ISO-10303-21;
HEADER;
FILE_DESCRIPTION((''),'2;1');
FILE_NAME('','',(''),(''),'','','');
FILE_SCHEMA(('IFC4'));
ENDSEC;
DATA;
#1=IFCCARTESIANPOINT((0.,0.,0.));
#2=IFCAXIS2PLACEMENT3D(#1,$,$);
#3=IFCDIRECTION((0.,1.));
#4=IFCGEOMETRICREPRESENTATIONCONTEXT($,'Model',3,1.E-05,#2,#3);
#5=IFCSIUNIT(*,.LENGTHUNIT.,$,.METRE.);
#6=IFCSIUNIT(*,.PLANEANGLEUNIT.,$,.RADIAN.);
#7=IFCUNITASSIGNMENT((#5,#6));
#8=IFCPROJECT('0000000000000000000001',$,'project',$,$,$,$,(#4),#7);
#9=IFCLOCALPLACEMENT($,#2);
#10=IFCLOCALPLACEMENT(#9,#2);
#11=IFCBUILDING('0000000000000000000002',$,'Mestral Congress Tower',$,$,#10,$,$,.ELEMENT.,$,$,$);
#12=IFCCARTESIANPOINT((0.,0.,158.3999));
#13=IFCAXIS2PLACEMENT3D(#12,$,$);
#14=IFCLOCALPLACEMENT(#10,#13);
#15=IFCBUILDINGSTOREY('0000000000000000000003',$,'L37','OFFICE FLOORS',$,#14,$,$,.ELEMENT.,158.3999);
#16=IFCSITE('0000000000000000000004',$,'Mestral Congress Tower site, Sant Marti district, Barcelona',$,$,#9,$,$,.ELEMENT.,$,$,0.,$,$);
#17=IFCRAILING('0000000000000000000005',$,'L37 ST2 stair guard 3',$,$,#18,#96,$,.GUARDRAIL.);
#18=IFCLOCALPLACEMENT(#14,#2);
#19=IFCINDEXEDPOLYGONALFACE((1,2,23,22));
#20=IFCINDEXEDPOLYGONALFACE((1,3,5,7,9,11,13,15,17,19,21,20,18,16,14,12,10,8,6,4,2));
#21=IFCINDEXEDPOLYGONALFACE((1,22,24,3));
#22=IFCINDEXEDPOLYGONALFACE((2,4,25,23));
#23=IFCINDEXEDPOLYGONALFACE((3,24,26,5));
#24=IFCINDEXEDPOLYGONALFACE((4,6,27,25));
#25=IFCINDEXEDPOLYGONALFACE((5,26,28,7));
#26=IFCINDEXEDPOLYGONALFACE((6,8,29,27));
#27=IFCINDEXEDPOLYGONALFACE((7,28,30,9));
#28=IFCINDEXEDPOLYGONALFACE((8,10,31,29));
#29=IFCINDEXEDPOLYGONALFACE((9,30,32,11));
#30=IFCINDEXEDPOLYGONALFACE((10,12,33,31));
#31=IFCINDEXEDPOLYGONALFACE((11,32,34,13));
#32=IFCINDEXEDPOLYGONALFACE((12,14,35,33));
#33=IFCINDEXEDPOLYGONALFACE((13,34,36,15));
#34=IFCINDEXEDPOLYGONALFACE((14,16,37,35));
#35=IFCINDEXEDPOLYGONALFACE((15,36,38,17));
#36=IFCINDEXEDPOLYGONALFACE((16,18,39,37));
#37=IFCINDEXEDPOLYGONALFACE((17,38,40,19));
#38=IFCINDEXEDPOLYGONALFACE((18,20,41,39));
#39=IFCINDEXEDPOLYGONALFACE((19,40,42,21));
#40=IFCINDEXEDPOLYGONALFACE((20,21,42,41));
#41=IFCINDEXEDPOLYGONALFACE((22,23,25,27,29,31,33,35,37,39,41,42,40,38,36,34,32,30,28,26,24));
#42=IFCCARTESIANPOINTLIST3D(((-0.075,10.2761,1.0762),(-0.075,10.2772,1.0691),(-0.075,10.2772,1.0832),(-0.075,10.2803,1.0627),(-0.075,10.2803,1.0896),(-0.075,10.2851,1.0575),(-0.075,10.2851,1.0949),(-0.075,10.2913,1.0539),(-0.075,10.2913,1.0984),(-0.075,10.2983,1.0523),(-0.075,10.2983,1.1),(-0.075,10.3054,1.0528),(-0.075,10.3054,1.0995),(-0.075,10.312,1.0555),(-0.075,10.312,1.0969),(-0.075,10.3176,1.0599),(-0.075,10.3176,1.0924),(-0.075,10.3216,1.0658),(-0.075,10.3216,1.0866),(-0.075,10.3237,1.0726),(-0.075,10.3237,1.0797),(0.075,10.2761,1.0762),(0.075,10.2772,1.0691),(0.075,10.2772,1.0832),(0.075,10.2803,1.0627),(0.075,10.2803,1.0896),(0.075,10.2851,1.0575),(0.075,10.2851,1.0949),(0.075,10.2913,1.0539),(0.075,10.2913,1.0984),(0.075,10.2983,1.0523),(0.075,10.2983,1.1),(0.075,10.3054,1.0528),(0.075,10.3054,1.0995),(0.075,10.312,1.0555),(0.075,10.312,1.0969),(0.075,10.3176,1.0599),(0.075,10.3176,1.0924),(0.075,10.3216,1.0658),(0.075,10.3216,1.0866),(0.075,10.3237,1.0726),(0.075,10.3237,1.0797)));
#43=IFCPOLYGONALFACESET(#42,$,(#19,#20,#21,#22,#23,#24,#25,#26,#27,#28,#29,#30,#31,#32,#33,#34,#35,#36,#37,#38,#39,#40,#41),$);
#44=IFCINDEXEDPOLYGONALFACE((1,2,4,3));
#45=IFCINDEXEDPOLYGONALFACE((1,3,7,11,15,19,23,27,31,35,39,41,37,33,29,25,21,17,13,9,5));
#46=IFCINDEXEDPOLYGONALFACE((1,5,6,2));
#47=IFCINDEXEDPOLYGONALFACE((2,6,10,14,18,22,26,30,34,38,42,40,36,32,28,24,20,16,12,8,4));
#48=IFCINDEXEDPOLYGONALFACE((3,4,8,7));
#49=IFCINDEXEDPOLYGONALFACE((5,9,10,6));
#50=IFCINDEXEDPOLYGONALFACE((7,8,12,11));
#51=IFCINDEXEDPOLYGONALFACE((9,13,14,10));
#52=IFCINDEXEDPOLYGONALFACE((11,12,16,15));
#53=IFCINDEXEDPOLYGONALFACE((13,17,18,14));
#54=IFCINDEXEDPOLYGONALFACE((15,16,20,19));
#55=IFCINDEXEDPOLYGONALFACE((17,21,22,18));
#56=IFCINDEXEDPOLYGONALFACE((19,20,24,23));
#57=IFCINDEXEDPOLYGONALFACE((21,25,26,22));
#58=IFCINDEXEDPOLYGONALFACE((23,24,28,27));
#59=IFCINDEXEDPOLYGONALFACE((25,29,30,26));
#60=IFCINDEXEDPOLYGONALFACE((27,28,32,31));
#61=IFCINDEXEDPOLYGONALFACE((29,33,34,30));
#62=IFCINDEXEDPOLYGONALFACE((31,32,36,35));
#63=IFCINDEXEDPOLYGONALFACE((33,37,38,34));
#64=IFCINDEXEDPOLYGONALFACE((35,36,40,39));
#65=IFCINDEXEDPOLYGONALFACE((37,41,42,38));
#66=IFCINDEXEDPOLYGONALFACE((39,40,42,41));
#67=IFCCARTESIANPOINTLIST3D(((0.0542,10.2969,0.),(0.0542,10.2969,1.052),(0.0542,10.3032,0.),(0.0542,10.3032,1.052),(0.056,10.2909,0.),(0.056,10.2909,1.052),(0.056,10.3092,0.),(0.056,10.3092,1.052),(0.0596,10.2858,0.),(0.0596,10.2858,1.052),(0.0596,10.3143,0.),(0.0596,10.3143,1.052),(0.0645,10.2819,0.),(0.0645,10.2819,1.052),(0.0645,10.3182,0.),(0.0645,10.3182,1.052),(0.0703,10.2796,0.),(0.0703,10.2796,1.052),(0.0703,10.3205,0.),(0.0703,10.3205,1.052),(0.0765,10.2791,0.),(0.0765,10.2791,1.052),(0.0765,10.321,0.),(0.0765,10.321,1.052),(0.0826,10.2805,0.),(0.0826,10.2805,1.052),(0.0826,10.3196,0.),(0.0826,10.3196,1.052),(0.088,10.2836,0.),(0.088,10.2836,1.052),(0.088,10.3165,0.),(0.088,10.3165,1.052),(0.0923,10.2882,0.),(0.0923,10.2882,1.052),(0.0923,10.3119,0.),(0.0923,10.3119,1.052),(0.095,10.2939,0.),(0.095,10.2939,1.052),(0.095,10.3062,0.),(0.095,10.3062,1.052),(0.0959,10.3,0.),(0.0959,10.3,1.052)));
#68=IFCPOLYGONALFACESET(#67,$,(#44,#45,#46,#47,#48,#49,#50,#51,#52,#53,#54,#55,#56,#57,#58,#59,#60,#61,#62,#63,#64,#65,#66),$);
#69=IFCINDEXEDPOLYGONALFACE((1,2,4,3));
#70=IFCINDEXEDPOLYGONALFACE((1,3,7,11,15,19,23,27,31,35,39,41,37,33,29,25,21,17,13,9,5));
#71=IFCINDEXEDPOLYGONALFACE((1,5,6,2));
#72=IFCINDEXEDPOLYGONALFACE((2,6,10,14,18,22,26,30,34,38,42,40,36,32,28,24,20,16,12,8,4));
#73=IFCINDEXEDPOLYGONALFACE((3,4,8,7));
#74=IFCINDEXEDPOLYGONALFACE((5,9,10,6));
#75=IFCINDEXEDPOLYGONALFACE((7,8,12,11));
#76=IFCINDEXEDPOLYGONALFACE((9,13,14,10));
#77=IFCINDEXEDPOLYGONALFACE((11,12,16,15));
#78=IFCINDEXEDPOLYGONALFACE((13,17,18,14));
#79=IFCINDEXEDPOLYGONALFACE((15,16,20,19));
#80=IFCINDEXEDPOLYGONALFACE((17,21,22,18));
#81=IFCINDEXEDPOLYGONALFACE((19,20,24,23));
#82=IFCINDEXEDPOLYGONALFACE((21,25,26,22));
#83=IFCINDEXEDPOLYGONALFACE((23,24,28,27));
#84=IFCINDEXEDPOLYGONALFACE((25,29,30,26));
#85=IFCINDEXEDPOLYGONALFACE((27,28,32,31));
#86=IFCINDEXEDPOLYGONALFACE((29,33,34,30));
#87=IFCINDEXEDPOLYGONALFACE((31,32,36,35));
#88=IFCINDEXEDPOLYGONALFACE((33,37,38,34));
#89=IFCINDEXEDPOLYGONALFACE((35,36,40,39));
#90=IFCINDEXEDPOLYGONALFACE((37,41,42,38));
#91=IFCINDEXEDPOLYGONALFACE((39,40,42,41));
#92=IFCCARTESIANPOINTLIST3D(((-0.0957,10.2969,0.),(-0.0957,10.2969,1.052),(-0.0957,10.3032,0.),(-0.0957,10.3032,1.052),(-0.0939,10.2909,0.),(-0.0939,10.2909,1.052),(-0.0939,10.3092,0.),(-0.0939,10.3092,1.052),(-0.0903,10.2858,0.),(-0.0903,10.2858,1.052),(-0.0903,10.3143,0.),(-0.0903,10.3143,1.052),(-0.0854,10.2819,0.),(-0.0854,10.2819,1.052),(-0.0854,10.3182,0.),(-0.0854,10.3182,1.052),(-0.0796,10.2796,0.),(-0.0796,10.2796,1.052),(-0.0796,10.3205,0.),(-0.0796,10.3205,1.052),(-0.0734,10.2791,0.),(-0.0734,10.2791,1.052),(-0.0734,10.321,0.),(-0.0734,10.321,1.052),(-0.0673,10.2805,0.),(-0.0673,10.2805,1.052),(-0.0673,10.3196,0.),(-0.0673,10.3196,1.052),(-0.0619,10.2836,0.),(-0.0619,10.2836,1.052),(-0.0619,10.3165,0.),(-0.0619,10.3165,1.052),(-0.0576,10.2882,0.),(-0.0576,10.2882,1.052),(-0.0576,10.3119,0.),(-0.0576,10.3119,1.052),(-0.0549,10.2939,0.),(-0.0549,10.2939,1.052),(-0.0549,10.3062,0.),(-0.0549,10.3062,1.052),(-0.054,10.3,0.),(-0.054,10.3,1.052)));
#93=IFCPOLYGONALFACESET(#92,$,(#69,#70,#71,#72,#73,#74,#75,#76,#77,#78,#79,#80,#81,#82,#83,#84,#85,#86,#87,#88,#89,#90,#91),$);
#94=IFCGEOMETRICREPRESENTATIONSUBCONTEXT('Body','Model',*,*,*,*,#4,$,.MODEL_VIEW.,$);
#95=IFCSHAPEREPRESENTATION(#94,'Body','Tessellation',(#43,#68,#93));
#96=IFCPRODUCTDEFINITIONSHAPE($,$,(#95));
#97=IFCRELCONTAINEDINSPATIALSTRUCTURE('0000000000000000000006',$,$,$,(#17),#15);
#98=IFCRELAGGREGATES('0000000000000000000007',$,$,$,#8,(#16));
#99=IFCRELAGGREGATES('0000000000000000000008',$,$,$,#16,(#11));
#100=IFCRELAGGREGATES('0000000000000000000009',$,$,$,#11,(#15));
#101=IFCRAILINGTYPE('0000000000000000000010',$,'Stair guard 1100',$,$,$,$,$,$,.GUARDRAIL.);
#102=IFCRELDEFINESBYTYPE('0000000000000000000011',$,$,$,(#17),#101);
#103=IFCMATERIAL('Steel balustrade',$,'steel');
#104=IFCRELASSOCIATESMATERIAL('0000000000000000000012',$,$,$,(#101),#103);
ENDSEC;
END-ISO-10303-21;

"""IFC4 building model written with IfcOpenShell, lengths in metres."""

from ifc_helpers import new_model, si_unit, direction, frame, origin, origin_2d, place, context, subcontext, project, spatial, circle, extrude, material, type_object, element, save


model = new_model("IFC4")

# Units and contexts
model_context = context("Model", 3, precision=1e-05, world=origin(), true_north=direction((0.0, 1.0)))
body_context = subcontext(model_context, "Body", "Model", "MODEL_VIEW")
ifc_project = project(units=[si_unit("LENGTHUNIT", "METRE"), si_unit("PLANEANGLEUNIT", "RADIAN")], contexts=[model_context])

# Site, building, storey
site_placement = place(None, origin())
site = spatial("IfcSite", under=ifc_project, at=site_placement, Name="Mestral Congress Tower site, Sant Marti district, Barcelona", CompositionType="ELEMENT", RefElevation=0.0)
building_placement = place(site_placement, origin())
building = spatial("IfcBuilding", under=site, at=building_placement, Name="Mestral Congress Tower", CompositionType="ELEMENT")
storey_placement = place(building_placement, frame((0.0, 0.0, 158.3999)))
storey = spatial("IfcBuildingStorey", under=building, at=storey_placement, Name="L37", Description="OFFICE FLOORS", CompositionType="ELEMENT", Elevation=158.3999)

# Railing
ifc_material_1 = material(Name="Steel balustrade", Category="steel")
railing_type_1 = type_object("IfcRailingType", Name="Stair guard 1100", PredefinedType="GUARDRAIL", material=ifc_material_1)
railing_1_placement = place(storey_placement, frame((0.075, 10.3, 0.0)))
element("IfcRailing", 1, at=railing_1_placement, inside=storey, type_object=railing_type_1, Name="L37 ST2 stair guard 3", PredefinedType="GUARDRAIL", context=body_context, shape_type="SweptSolid", body=[
    extrude(circle(Radius=0.0239, at=origin_2d()), frame((0.0, 0.0, 1.0762), z_axis=(-1.0, 0.0, 0.0), x_axis=(0.0, -1.0, 0.0)), (0.0, 0.0, 1.0), 0.1499),
    extrude(circle(Radius=0.021, at=origin_2d()), origin(), (0.0, 0.0, 1.0), 1.052),
    extrude(circle(Radius=0.021, at=origin_2d()), frame((-0.1499, 0.0, 0.0)), (0.0, 0.0, 1.0), 1.052),
])

save(model, "model.ifc")
